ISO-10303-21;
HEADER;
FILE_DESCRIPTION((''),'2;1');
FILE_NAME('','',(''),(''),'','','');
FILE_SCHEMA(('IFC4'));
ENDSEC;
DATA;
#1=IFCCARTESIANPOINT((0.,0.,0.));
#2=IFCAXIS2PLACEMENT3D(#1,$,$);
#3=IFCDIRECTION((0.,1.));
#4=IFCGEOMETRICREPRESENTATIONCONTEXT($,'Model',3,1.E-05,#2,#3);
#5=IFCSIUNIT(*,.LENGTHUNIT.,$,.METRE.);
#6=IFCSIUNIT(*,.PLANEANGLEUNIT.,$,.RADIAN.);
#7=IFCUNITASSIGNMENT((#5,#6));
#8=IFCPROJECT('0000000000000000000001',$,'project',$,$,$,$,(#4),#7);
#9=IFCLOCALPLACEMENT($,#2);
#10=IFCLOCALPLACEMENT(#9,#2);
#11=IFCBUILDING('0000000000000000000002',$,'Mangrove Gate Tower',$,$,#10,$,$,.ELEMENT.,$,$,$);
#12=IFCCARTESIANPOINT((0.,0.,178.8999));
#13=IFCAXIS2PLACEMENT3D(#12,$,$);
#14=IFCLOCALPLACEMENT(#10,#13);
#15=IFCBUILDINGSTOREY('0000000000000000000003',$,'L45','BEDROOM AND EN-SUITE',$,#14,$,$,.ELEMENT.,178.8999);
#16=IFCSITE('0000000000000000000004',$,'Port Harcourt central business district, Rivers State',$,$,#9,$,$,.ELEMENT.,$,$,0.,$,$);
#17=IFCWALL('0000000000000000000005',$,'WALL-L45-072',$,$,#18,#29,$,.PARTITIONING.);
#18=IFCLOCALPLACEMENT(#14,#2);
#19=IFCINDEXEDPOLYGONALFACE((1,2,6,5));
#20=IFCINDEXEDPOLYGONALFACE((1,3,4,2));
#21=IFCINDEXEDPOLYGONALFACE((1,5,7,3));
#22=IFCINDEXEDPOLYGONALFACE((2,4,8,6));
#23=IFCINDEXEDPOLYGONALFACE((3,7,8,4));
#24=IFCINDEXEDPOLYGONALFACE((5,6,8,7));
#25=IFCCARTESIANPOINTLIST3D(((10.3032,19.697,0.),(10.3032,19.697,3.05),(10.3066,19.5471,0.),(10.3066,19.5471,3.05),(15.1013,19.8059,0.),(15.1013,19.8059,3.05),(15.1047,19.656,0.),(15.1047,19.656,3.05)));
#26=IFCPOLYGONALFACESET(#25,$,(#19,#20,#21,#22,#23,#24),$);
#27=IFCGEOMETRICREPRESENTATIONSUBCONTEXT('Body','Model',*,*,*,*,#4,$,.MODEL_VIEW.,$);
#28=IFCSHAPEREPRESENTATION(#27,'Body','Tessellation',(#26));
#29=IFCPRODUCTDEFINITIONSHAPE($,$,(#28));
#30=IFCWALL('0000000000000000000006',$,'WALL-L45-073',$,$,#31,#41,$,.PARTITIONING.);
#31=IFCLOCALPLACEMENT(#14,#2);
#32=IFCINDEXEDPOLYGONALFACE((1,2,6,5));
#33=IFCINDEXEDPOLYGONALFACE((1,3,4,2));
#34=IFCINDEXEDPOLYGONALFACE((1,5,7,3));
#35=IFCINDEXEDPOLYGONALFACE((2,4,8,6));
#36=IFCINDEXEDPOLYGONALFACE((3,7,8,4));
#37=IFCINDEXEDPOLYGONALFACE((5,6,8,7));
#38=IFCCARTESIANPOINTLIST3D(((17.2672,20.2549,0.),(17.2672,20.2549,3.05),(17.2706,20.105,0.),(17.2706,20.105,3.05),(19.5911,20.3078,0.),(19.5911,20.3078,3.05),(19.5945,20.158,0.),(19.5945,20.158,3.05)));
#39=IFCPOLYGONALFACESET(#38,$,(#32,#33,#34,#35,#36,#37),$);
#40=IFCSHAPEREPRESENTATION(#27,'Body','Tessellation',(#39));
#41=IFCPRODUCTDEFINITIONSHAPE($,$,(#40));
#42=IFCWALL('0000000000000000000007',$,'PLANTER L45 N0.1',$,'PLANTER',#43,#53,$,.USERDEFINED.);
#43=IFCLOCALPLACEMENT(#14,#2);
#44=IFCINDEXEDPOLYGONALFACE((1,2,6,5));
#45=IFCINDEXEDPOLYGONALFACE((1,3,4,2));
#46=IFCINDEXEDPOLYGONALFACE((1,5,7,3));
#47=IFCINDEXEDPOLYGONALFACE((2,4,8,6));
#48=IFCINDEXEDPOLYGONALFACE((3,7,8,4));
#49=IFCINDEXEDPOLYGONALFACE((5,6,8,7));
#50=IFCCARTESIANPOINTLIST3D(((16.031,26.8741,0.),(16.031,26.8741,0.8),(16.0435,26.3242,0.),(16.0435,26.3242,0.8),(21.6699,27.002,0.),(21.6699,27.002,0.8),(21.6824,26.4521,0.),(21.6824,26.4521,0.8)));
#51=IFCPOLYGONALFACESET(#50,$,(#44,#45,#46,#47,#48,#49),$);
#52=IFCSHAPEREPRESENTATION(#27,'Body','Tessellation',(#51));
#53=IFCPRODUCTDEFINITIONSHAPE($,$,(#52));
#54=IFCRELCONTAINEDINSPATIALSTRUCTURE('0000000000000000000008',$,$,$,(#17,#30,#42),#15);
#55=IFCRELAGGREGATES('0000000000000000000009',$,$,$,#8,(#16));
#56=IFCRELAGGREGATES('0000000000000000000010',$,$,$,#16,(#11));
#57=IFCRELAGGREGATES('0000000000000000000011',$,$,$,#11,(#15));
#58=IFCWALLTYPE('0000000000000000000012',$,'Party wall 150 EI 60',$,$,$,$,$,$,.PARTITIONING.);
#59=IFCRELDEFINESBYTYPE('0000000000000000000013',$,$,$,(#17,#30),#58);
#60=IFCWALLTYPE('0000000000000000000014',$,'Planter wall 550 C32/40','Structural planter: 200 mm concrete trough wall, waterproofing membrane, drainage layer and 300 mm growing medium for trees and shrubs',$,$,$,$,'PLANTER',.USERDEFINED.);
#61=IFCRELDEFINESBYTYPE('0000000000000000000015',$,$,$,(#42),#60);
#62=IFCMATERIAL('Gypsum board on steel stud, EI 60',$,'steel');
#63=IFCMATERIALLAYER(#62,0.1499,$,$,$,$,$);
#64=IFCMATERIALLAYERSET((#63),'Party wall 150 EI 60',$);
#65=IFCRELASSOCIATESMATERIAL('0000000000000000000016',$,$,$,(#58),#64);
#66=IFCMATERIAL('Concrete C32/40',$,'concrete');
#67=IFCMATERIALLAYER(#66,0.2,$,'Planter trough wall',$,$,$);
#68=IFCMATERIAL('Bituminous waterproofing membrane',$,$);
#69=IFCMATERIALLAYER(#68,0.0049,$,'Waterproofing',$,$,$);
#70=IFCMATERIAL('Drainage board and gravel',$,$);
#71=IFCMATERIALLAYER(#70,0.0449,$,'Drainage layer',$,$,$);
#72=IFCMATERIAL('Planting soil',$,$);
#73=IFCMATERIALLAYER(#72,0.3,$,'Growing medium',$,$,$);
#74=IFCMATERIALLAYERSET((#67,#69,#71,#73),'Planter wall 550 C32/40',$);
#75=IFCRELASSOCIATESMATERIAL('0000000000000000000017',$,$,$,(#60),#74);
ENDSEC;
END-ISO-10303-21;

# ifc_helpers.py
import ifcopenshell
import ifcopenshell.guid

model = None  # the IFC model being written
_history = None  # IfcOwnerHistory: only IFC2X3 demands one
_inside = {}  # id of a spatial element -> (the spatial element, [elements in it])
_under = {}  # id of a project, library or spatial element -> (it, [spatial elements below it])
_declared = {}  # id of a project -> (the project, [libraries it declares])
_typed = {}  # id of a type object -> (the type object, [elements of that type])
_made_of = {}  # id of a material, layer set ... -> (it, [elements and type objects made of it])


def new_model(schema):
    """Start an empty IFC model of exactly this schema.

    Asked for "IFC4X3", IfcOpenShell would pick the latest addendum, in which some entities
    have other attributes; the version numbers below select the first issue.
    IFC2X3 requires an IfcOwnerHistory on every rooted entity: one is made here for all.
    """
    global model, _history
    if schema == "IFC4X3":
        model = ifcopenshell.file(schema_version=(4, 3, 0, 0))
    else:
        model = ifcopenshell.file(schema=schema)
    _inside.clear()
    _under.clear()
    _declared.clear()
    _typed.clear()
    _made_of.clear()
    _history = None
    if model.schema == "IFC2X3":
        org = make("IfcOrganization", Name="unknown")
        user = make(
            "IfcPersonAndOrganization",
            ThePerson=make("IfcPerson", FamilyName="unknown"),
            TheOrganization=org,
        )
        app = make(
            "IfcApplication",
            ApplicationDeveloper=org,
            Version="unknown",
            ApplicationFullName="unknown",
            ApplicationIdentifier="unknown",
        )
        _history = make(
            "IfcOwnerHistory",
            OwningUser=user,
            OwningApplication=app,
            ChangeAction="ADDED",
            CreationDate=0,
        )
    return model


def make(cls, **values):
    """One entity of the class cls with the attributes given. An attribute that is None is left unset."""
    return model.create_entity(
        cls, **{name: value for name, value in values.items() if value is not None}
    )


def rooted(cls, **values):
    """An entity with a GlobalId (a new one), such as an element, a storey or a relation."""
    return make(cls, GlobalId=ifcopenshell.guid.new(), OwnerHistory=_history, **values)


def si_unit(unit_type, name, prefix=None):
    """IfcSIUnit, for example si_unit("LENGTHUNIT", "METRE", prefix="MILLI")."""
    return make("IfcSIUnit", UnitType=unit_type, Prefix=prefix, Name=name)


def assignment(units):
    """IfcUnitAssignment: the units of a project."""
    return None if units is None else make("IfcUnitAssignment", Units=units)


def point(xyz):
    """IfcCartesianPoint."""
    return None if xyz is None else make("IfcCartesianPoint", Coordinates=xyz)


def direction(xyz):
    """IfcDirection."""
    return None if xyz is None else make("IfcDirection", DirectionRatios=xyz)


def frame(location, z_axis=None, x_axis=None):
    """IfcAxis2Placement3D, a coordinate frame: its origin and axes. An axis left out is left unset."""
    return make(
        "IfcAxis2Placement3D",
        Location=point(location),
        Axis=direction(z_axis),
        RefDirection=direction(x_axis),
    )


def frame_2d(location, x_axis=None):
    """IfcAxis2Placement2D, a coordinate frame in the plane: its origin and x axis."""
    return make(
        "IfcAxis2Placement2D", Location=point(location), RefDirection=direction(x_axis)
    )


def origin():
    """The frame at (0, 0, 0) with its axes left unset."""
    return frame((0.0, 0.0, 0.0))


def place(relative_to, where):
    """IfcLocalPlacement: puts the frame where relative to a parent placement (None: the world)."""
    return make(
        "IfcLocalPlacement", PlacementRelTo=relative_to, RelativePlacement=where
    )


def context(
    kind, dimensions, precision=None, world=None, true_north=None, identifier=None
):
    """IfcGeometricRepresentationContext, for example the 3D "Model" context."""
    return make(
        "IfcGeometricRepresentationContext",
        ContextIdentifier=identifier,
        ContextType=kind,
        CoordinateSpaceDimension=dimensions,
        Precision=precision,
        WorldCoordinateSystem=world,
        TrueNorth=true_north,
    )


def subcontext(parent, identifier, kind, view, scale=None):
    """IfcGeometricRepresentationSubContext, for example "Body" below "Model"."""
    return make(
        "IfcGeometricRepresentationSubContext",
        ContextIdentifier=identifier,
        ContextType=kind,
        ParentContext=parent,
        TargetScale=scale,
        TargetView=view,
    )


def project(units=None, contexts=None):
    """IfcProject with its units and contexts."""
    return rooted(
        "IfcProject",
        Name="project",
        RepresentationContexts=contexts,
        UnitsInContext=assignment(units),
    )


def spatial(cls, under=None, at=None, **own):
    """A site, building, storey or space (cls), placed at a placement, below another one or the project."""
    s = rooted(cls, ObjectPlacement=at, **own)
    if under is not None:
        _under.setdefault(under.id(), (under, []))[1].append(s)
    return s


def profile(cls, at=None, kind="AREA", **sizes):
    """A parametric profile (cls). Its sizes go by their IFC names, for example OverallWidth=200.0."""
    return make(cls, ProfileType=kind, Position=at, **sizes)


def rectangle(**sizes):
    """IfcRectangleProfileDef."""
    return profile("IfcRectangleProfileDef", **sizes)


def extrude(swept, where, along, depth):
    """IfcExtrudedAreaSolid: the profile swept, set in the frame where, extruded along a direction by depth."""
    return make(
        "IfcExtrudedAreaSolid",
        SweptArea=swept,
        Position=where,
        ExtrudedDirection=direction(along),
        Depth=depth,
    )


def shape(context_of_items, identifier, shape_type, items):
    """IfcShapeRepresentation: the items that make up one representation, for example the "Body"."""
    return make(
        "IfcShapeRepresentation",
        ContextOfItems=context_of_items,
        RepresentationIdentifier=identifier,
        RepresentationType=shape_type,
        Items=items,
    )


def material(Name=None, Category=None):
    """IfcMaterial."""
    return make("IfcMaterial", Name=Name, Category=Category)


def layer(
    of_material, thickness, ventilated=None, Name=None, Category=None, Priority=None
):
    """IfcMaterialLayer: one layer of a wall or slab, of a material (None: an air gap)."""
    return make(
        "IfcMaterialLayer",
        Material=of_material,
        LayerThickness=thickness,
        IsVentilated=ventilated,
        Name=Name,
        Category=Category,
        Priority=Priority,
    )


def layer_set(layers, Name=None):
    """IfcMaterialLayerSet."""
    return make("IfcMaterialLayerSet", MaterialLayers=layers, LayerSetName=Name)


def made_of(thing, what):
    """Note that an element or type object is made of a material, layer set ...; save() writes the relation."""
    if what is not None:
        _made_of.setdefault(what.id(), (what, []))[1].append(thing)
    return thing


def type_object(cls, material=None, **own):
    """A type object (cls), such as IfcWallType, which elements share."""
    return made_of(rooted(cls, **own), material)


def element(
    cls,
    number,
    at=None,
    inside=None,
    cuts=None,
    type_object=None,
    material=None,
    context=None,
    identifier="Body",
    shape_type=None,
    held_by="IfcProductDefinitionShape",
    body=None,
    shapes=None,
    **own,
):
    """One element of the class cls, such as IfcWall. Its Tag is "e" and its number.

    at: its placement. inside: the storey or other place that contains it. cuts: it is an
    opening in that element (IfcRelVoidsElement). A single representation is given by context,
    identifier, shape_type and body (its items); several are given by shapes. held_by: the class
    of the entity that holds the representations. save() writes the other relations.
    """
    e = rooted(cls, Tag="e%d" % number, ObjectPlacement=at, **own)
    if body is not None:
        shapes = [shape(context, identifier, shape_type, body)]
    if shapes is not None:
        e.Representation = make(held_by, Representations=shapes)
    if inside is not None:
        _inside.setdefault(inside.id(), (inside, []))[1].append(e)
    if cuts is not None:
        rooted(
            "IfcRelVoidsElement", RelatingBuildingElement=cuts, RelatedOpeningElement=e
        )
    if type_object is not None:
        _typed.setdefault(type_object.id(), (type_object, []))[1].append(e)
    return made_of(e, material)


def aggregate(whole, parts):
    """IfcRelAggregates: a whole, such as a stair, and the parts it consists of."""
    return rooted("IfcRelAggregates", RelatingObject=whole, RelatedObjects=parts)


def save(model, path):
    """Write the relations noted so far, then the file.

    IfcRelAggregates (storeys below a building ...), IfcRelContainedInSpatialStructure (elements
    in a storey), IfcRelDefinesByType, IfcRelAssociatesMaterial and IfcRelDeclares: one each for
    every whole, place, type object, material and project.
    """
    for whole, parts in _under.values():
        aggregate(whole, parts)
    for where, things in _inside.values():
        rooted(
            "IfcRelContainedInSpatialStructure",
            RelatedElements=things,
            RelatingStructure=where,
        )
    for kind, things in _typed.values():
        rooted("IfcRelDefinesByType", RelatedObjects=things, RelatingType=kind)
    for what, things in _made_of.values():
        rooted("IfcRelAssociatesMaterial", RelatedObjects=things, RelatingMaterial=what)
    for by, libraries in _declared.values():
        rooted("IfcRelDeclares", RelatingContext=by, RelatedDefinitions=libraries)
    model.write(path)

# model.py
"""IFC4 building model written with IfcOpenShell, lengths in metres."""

from ifc_helpers import new_model, si_unit, direction, frame, frame_2d, origin, place, context, subcontext, project, spatial, rectangle, extrude, material, layer, layer_set, type_object, element, save


model = new_model("IFC4")

# Units and contexts
model_context = context("Model", 3, precision=1e-05, world=origin(), true_north=direction((0.0, 1.0)))
body_context = subcontext(model_context, "Body", "Model", "MODEL_VIEW")
ifc_project = project(units=[si_unit("LENGTHUNIT", "METRE"), si_unit("PLANEANGLEUNIT", "RADIAN")], contexts=[model_context])

# Site, building, storey
site_placement = place(None, origin())
site = spatial("IfcSite", under=ifc_project, at=site_placement, Name="Port Harcourt central business district, Rivers State", CompositionType="ELEMENT", RefElevation=0.0)
building_placement = place(site_placement, origin())
building = spatial("IfcBuilding", under=site, at=building_placement, Name="Mangrove Gate Tower", CompositionType="ELEMENT")
storey_placement = place(building_placement, frame((0.0, 0.0, 178.8999)))
storey = spatial("IfcBuildingStorey", under=building, at=storey_placement, Name="L45", Description="BEDROOM AND EN-SUITE", CompositionType="ELEMENT", Elevation=178.8999)

# Shared definitions
ifc_material_1 = material(Name="Gypsum board on steel stud, EI 60", Category="steel")
ifc_layer_1 = layer(ifc_material_1, 0.1499)
ifc_layer_set_1 = layer_set([ifc_layer_1], Name="Party wall 150 EI 60")
wall_type_1 = type_object("IfcWallType", Name="Party wall 150 EI 60", PredefinedType="PARTITIONING", material=ifc_layer_set_1)

# Walls
wall_1_placement = place(storey_placement, frame((10.3049, 19.6221, 0.0), z_axis=(0.0, 0.0, 1.0), x_axis=(0.999743, 0.022688, 0.0)))
element("IfcWall", 1, at=wall_1_placement, inside=storey, type_object=wall_type_1, Name="WALL-L45-072", PredefinedType="PARTITIONING", context=body_context, shape_type="SweptSolid", body=[
    extrude(rectangle(XDim=4.7993, YDim=0.1499, at=frame_2d((2.3997, 0.0))), origin(), (0.0, 0.0, 1.0), 3.05),
])
wall_2_placement = place(storey_placement, frame((17.269, 20.1799, 0.0), z_axis=(0.0, 0.0, 1.0), x_axis=(0.99974, 0.022791, 0.0)))
element("IfcWall", 2, at=wall_2_placement, inside=storey, type_object=wall_type_1, Name="WALL-L45-073", PredefinedType="PARTITIONING", context=body_context, shape_type="SweptSolid", body=[
    extrude(rectangle(XDim=2.3245, YDim=0.1499, at=frame_2d((1.1621, 0.0))), origin(), (0.0, 0.0, 1.0), 3.05),
])
ifc_material_2 = material(Name="Concrete C32/40", Category="concrete")
ifc_layer_2 = layer(ifc_material_2, 0.2, Name="Planter trough wall")
ifc_material_3 = material(Name="Bituminous waterproofing membrane")
ifc_layer_3 = layer(ifc_material_3, 0.0049, Name="Waterproofing")
ifc_material_4 = material(Name="Drainage board and gravel")
ifc_layer_4 = layer(ifc_material_4, 0.0449, Name="Drainage layer")
ifc_material_5 = material(Name="Planting soil")
ifc_layer_5 = layer(ifc_material_5, 0.3, Name="Growing medium")
ifc_layer_set_2 = layer_set([ifc_layer_2, ifc_layer_3, ifc_layer_4, ifc_layer_5], Name="Planter wall 550 C32/40")
wall_type_2 = type_object("IfcWallType", Name="Planter wall 550 C32/40", Description="Structural planter: 200 mm concrete trough wall, waterproofing membrane, drainage layer and 300 mm growing medium for trees and shrubs", ElementType="PLANTER", PredefinedType="USERDEFINED", material=ifc_layer_set_2)
wall_3_placement = place(storey_placement, frame((16.0371, 26.5991, 0.0), z_axis=(0.0, 0.0, 1.0), x_axis=(0.999743, 0.022681, 0.0)))
element("IfcWall", 3, at=wall_3_placement, inside=storey, type_object=wall_type_2, Name="PLANTER L45 N0.1", ObjectType="PLANTER", PredefinedType="USERDEFINED", context=body_context, shape_type="SweptSolid", body=[
    extrude(rectangle(XDim=5.6404, YDim=0.55, at=frame_2d((2.8203, 0.0))), origin(), (0.0, 0.0, 1.0), 0.8),
])

save(model, "model.ifc")
